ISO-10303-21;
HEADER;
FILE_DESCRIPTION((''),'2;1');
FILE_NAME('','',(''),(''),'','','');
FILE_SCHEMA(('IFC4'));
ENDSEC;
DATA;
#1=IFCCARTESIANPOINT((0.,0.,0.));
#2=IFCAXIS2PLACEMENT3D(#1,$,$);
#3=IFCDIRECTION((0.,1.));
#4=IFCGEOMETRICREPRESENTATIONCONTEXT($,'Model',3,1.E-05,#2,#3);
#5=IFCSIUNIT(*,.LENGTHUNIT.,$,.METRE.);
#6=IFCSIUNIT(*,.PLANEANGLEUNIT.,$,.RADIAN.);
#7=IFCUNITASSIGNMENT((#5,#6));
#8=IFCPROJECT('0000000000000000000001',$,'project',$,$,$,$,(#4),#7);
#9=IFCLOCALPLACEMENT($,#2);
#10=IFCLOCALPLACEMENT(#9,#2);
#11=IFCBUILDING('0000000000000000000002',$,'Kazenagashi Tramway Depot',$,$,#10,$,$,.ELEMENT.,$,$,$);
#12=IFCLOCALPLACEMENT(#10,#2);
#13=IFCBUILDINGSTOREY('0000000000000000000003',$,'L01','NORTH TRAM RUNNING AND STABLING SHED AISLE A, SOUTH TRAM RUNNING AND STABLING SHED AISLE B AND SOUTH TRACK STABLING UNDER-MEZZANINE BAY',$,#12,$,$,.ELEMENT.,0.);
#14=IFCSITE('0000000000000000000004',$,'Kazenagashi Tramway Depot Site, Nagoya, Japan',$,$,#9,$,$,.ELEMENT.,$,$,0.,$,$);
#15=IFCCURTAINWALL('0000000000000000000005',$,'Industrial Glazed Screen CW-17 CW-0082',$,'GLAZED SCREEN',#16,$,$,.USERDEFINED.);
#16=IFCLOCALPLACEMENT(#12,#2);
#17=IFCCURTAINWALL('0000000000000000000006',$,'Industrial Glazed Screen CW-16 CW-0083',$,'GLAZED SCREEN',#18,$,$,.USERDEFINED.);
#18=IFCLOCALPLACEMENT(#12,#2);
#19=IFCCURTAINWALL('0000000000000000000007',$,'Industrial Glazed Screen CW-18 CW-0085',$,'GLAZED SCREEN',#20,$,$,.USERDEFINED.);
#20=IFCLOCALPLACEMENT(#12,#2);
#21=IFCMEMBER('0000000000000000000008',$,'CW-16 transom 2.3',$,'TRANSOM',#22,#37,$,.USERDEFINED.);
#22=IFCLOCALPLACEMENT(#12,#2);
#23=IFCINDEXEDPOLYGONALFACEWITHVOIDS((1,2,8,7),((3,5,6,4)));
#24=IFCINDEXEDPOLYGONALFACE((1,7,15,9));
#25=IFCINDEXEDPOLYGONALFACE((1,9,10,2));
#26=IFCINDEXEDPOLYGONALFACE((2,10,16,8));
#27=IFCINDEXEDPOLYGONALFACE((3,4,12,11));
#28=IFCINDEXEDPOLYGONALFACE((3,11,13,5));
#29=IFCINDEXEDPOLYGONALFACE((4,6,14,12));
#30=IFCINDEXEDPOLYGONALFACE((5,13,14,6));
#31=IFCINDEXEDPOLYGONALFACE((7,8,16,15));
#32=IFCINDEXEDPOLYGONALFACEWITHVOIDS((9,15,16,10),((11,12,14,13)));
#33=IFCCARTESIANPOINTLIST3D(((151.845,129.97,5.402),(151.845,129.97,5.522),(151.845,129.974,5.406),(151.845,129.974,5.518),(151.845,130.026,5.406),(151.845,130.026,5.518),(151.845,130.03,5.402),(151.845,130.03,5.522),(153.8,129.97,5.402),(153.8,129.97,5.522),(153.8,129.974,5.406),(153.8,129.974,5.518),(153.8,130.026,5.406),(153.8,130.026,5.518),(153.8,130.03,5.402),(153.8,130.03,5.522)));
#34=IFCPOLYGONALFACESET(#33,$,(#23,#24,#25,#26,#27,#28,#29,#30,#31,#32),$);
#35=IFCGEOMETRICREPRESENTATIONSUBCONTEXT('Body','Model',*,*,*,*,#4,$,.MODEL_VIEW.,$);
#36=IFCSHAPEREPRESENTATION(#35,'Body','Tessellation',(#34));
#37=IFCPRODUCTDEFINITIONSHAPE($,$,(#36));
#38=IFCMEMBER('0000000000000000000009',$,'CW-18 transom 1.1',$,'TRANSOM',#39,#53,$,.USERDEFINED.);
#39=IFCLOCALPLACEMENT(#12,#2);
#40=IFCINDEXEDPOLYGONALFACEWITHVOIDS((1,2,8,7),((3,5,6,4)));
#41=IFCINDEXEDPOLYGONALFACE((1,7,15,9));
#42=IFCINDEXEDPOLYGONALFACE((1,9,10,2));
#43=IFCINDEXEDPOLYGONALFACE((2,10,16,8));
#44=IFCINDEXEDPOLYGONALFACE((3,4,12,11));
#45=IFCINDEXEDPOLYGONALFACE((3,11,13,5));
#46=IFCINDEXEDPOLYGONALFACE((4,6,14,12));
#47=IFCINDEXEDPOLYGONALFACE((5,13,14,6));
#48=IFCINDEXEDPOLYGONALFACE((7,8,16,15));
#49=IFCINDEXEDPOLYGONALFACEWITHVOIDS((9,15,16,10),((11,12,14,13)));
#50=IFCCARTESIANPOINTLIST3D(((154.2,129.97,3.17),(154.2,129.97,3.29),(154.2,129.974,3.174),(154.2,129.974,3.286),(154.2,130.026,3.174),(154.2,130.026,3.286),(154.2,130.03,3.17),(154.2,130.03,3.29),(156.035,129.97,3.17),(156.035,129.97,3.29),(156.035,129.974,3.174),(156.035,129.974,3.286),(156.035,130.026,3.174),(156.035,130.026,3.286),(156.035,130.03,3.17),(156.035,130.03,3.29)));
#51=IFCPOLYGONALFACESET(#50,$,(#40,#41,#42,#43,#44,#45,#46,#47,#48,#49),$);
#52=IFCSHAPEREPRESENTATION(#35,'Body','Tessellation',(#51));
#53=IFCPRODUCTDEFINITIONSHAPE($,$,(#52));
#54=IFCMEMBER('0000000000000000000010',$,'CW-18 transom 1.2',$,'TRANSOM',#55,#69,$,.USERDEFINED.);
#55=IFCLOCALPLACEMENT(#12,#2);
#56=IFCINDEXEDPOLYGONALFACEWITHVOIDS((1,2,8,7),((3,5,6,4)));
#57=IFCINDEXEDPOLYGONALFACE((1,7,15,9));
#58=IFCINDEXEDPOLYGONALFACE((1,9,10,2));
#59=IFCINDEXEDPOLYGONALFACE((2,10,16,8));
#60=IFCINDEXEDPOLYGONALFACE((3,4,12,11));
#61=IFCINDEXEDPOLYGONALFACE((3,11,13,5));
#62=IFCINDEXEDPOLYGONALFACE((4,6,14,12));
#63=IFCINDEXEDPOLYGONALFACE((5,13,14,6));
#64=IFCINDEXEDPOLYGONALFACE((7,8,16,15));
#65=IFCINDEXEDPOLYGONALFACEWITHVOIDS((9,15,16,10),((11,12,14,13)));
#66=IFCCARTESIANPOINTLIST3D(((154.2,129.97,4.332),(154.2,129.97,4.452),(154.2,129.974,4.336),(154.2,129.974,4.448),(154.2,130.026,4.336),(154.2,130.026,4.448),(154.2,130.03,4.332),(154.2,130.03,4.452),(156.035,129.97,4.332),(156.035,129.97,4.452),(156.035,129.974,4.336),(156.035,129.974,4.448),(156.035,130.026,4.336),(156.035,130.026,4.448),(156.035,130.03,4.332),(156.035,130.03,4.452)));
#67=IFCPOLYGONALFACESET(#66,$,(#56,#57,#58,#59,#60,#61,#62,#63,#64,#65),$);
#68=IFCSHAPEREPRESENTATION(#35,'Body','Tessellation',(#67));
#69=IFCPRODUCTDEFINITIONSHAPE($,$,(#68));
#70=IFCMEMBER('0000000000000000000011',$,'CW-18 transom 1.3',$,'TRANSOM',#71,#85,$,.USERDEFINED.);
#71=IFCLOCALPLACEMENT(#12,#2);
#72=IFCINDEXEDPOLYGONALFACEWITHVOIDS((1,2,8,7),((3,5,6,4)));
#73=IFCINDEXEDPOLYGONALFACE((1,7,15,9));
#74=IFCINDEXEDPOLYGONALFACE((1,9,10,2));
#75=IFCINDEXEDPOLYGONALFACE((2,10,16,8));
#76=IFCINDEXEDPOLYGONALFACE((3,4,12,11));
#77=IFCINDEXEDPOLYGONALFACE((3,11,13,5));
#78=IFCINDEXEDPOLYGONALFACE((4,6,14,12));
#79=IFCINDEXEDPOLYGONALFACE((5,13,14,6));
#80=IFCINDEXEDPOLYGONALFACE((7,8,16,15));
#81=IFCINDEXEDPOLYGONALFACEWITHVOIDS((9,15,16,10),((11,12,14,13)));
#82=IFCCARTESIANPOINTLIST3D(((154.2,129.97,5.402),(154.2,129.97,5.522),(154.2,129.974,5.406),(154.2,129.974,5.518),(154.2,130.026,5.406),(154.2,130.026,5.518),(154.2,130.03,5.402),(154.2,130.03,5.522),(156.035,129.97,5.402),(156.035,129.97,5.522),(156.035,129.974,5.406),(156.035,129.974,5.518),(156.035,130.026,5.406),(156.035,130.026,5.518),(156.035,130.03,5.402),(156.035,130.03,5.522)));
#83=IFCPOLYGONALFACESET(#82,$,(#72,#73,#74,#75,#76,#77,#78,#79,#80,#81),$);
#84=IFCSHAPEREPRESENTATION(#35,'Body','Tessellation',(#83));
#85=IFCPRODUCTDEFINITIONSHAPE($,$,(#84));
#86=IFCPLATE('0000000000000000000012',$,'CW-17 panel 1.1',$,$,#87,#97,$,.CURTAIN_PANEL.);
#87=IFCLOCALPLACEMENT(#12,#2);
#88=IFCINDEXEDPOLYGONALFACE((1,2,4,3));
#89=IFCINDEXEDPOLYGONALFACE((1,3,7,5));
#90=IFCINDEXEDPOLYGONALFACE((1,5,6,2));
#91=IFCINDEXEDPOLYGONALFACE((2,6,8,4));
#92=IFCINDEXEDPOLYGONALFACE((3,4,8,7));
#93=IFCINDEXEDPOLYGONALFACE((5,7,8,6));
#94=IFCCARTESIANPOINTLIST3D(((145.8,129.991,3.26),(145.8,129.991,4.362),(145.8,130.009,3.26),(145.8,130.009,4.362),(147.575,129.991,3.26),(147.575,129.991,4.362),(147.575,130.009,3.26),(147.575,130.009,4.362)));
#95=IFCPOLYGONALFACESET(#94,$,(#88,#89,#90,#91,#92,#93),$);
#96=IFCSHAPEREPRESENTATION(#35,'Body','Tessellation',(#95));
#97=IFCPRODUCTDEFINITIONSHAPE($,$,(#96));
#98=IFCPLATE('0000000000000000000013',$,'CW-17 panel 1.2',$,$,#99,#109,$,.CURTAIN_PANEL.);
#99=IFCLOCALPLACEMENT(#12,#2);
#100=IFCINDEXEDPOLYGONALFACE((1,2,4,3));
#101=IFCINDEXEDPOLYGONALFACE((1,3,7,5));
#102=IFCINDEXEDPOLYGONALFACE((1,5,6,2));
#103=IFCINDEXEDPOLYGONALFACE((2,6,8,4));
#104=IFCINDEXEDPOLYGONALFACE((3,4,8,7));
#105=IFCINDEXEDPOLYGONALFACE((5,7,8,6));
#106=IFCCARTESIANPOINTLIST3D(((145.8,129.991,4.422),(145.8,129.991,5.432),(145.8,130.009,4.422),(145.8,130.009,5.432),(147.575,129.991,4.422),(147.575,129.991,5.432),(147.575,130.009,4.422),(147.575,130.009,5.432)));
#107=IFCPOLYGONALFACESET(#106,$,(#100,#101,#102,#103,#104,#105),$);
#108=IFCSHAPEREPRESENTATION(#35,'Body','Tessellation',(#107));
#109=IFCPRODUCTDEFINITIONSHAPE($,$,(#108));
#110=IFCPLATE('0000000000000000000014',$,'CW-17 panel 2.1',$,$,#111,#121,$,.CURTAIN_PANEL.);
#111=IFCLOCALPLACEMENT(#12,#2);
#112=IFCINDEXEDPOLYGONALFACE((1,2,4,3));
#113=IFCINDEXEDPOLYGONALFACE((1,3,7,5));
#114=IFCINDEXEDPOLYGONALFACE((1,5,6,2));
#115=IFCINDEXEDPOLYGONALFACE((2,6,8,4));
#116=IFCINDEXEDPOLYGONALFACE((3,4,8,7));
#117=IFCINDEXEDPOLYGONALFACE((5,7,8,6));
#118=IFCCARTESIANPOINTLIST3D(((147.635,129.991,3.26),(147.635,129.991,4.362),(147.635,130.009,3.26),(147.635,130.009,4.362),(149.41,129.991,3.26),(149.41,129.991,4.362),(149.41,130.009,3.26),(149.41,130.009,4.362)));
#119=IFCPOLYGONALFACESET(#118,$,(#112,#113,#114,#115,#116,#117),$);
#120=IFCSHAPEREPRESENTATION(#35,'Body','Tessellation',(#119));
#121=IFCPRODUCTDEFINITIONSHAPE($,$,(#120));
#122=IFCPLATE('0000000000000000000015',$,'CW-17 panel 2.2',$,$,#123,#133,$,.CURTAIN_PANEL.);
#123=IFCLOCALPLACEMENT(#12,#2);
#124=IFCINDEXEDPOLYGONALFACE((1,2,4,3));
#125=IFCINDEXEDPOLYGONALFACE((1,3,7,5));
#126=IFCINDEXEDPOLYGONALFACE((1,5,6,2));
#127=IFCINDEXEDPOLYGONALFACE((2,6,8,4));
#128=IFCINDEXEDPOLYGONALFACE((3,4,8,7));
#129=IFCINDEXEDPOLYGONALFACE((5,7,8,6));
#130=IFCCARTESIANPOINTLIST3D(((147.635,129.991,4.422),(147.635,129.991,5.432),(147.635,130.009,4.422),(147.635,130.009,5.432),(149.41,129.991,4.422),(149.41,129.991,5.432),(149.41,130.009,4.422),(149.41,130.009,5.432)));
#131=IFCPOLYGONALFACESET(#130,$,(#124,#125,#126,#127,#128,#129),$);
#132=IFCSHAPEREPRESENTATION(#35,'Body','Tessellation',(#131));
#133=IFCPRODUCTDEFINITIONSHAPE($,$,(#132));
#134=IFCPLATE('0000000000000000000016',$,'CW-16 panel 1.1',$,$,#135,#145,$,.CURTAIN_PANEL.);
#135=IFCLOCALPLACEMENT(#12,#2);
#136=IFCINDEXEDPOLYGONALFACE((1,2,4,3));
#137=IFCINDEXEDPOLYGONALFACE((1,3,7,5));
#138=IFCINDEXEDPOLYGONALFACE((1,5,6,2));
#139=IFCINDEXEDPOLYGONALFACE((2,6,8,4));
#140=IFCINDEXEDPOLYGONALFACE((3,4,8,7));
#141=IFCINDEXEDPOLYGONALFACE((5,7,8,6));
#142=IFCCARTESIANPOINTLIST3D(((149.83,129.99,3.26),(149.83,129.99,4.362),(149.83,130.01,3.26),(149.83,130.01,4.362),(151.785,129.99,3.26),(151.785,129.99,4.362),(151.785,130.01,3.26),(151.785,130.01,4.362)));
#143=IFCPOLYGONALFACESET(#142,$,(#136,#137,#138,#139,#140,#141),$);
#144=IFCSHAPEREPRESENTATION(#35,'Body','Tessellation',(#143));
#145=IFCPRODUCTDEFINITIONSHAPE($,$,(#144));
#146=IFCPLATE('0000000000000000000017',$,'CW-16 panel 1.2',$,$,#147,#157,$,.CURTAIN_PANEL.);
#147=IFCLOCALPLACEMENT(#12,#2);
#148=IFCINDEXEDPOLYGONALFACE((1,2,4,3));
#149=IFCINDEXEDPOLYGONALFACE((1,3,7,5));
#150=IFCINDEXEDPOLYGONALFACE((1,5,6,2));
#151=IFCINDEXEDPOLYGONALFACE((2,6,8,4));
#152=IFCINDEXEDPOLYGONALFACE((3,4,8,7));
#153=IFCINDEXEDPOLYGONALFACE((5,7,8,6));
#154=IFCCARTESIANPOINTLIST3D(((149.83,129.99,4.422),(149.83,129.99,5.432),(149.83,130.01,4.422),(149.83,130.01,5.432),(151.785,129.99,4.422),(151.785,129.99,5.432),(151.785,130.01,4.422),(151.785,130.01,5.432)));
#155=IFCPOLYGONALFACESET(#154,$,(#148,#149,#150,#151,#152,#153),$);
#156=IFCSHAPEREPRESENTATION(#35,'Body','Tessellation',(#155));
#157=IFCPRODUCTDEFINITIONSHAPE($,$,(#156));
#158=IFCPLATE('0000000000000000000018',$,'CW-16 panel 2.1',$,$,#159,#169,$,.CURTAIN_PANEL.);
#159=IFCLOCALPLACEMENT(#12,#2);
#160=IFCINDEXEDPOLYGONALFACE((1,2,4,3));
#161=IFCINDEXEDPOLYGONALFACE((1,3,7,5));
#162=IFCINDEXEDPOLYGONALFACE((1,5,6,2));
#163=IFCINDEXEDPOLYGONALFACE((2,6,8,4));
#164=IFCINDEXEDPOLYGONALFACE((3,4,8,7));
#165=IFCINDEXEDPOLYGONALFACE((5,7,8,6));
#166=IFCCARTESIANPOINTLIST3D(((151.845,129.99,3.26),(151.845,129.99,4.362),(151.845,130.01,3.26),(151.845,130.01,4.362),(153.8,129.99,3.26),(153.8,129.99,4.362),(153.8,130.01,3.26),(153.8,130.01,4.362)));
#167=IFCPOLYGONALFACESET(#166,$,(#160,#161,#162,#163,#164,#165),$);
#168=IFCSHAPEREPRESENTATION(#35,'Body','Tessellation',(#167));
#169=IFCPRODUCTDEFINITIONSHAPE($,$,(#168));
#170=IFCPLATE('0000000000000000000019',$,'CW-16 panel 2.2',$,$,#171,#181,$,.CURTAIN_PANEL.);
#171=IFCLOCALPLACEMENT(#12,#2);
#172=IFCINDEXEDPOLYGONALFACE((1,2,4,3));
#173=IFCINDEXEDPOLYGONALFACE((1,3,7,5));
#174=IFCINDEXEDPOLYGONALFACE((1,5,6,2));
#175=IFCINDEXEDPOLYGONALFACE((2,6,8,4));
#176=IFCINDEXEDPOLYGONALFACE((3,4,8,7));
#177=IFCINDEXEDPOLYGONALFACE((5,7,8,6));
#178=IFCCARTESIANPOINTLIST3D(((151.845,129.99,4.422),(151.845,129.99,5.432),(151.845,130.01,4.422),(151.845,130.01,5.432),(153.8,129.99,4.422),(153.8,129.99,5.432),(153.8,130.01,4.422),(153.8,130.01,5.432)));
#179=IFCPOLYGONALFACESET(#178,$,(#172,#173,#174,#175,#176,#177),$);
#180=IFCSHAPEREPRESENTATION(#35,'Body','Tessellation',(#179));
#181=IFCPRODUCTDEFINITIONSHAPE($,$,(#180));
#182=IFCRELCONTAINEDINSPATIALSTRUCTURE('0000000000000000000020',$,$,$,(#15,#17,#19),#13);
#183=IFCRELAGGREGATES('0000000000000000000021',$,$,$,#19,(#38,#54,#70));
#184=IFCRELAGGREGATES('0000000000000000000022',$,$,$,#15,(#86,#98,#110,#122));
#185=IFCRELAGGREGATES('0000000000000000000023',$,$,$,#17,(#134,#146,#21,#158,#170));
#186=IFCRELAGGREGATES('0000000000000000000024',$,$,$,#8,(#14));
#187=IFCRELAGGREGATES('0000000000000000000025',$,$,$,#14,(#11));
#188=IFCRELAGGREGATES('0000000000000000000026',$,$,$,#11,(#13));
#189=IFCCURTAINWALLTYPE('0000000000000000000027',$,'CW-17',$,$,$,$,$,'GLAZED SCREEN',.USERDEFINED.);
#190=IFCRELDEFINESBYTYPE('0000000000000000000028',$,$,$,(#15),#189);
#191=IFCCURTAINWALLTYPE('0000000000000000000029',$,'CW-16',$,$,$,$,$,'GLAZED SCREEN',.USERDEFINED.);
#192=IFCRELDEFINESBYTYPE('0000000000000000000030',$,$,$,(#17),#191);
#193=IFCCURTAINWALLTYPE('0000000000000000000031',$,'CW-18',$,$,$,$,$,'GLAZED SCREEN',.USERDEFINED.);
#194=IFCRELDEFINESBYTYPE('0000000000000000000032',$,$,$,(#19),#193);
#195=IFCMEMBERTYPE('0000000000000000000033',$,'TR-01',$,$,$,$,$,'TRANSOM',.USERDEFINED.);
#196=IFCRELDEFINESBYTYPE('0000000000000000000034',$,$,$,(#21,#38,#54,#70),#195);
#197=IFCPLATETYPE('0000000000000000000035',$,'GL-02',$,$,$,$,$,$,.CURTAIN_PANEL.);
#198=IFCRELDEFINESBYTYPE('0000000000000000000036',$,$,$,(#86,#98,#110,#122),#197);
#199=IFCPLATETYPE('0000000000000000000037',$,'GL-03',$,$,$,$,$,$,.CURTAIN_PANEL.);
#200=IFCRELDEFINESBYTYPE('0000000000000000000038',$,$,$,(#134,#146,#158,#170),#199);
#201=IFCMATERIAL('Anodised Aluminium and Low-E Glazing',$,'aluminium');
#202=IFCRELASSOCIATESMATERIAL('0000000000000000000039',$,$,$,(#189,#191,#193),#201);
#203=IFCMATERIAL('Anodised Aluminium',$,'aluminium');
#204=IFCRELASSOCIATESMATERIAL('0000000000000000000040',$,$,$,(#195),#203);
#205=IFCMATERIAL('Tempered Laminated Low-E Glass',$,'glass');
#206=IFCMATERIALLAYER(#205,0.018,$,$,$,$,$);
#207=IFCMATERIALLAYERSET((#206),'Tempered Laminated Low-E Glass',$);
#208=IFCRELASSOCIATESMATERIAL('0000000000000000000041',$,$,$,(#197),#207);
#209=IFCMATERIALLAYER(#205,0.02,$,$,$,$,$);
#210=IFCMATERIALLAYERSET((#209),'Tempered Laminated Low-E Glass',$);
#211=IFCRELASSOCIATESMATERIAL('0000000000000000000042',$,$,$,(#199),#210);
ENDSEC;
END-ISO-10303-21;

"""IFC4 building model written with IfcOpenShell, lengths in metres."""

from ifc_helpers import new_model, si_unit, direction, frame, origin, origin_2d, place, context, subcontext, project, spatial, rectangle, hollow_rectangle, extrude, material, layer, layer_set, material_profile, profile_set, type_object, element, aggregate, save


model = new_model("IFC4")

# Units and contexts
model_context = context("Model", 3, precision=1e-05, world=origin(), true_north=direction((0.0, 1.0)))
body_context = subcontext(model_context, "Body", "Model", "MODEL_VIEW")
ifc_project = project(units=[si_unit("LENGTHUNIT", "METRE"), si_unit("PLANEANGLEUNIT", "RADIAN")], contexts=[model_context])

# Site, building, storey
site_placement = place(None, origin())
site = spatial("IfcSite", under=ifc_project, at=site_placement, Name="Kazenagashi Tramway Depot Site, Nagoya, Japan", CompositionType="ELEMENT", RefElevation=0.0)
building_placement = place(site_placement, origin())
building = spatial("IfcBuilding", under=site, at=building_placement, Name="Kazenagashi Tramway Depot", CompositionType="ELEMENT")
storey_placement = place(building_placement, origin())
storey = spatial("IfcBuildingStorey", under=building, at=storey_placement, Name="L01", Description="NORTH TRAM RUNNING AND STABLING SHED AISLE A, SOUTH TRAM RUNNING AND STABLING SHED AISLE B AND SOUTH TRACK STABLING UNDER-MEZZANINE BAY", CompositionType="ELEMENT", Elevation=0.0)

# Curtain walls
ifc_material_1 = material(Name="Anodised Aluminium and Low-E Glazing", Category="aluminium")
curtain_wall_type_1 = type_object("IfcCurtainWallType", Name="CW-17", ElementType="GLAZED SCREEN", PredefinedType="USERDEFINED", material=ifc_material_1)
curtain_wall_1_placement = place(storey_placement, origin())
curtain_wall_1 = element("IfcCurtainWall", 1, at=curtain_wall_1_placement, inside=storey, type_object=curtain_wall_type_1, Name="Industrial Glazed Screen CW-17 CW-0082", ObjectType="GLAZED SCREEN", PredefinedType="USERDEFINED")
ifc_material_2 = material(Name="Anodised Aluminium", Category="aluminium")
curtain_wall_type_2 = type_object("IfcCurtainWallType", Name="CW-16", ElementType="GLAZED SCREEN", PredefinedType="USERDEFINED", material=ifc_material_1)
curtain_wall_2_placement = place(storey_placement, origin())
curtain_wall_2 = element("IfcCurtainWall", 2, at=curtain_wall_2_placement, inside=storey, type_object=curtain_wall_type_2, Name="Industrial Glazed Screen CW-16 CW-0083", ObjectType="GLAZED SCREEN", PredefinedType="USERDEFINED")

# Curtain wall
curtain_wall_type_3 = type_object("IfcCurtainWallType", Name="CW-18", ElementType="GLAZED SCREEN", PredefinedType="USERDEFINED", material=ifc_material_1)
curtain_wall_3_placement = place(storey_placement, origin())
curtain_wall_3 = element("IfcCurtainWall", 3, at=curtain_wall_3_placement, inside=storey, type_object=curtain_wall_type_3, Name="Industrial Glazed Screen CW-18 CW-0085", ObjectType="GLAZED SCREEN", PredefinedType="USERDEFINED")

# Members
ifc_material_profile_1 = material_profile(ifc_material_2, hollow_rectangle(XDim=0.06, YDim=0.12, WallThickness=0.004, at=origin_2d()), Name="RHS-120x60x4")
ifc_profile_set_1 = profile_set([ifc_material_profile_1], Name="Anodised Aluminium")
member_type_1 = type_object("IfcMemberType", Name="TR-01", ElementType="TRANSOM", PredefinedType="USERDEFINED", material=ifc_profile_set_1)
member_1_placement = place(storey_placement, frame((151.845, 130.0, 5.462), z_axis=(1.0, 0.0, 0.0), x_axis=(0.0, 1.0, 0.0)))
member_1 = element("IfcMember", 4, at=member_1_placement, type_object=member_type_1, Name="CW-16 transom 2.3", ObjectType="TRANSOM", PredefinedType="USERDEFINED", context=body_context, shape_type="SweptSolid", body=[
    extrude(hollow_rectangle(XDim=0.06, YDim=0.12, WallThickness=0.004, at=origin_2d()), origin(), (0.0, 0.0, 1.0), 1.955),
])
member_2_placement = place(storey_placement, frame((154.2, 130.0, 3.23), z_axis=(1.0, 0.0, 0.0), x_axis=(0.0, 1.0, 0.0)))
member_2 = element("IfcMember", 5, at=member_2_placement, type_object=member_type_1, Name="CW-18 transom 1.1", ObjectType="TRANSOM", PredefinedType="USERDEFINED", context=body_context, shape_type="SweptSolid", body=[
    extrude(hollow_rectangle(XDim=0.06, YDim=0.12, WallThickness=0.004, at=origin_2d()), origin(), (0.0, 0.0, 1.0), 1.835),
])
member_3_placement = place(storey_placement, frame((154.2, 130.0, 4.392), z_axis=(1.0, 0.0, 0.0), x_axis=(0.0, 1.0, 0.0)))
member_3 = element("IfcMember", 6, at=member_3_placement, type_object=member_type_1, Name="CW-18 transom 1.2", ObjectType="TRANSOM", PredefinedType="USERDEFINED", context=body_context, shape_type="SweptSolid", body=[
    extrude(hollow_rectangle(XDim=0.06, YDim=0.12, WallThickness=0.004, at=origin_2d()), origin(), (0.0, 0.0, 1.0), 1.835),
])
member_4_placement = place(storey_placement, frame((154.2, 130.0, 5.462), z_axis=(1.0, 0.0, 0.0), x_axis=(0.0, 1.0, 0.0)))
member_4 = element("IfcMember", 7, at=member_4_placement, type_object=member_type_1, Name="CW-18 transom 1.3", ObjectType="TRANSOM", PredefinedType="USERDEFINED", context=body_context, shape_type="SweptSolid", body=[
    extrude(hollow_rectangle(XDim=0.06, YDim=0.12, WallThickness=0.004, at=origin_2d()), origin(), (0.0, 0.0, 1.0), 1.835),
])
aggregate(curtain_wall_3, [member_2, member_3, member_4])

# Plates
ifc_material_3 = material(Name="Tempered Laminated Low-E Glass", Category="glass")
ifc_layer_1 = layer(ifc_material_3, 0.018)
ifc_layer_set_1 = layer_set([ifc_layer_1], Name="Tempered Laminated Low-E Glass")
plate_type_1 = type_object("IfcPlateType", Name="GL-02", PredefinedType="CURTAIN_PANEL", material=ifc_layer_set_1)
plate_1_placement = place(storey_placement, frame((146.6875, 130.0, 3.26), z_axis=(0.0, 0.0, 1.0), x_axis=(1.0, 0.0, 0.0)))
plate_1 = element("IfcPlate", 8, at=plate_1_placement, type_object=plate_type_1, Name="CW-17 panel 1.1", PredefinedType="CURTAIN_PANEL", context=body_context, shape_type="SweptSolid", body=[
    extrude(rectangle(XDim=1.775, YDim=0.018, at=origin_2d()), origin(), (0.0, 0.0, 1.0), 1.102),
])
plate_2_placement = place(storey_placement, frame((146.6875, 130.0, 4.422), z_axis=(0.0, 0.0, 1.0), x_axis=(1.0, 0.0, 0.0)))
plate_2 = element("IfcPlate", 9, at=plate_2_placement, type_object=plate_type_1, Name="CW-17 panel 1.2", PredefinedType="CURTAIN_PANEL", context=body_context, shape_type="SweptSolid", body=[
    extrude(rectangle(XDim=1.775, YDim=0.018, at=origin_2d()), origin(), (0.0, 0.0, 1.0), 1.01),
])
plate_3_placement = place(storey_placement, frame((148.5225, 130.0, 3.26), z_axis=(0.0, 0.0, 1.0), x_axis=(1.0, 0.0, 0.0)))
plate_3 = element("IfcPlate", 10, at=plate_3_placement, type_object=plate_type_1, Name="CW-17 panel 2.1", PredefinedType="CURTAIN_PANEL", context=body_context, shape_type="SweptSolid", body=[
    extrude(rectangle(XDim=1.775, YDim=0.018, at=origin_2d()), origin(), (0.0, 0.0, 1.0), 1.102),
])
plate_4_placement = place(storey_placement, frame((148.5225, 130.0, 4.422), z_axis=(0.0, 0.0, 1.0), x_axis=(1.0, 0.0, 0.0)))
plate_4 = element("IfcPlate", 11, at=plate_4_placement, type_object=plate_type_1, Name="CW-17 panel 2.2", PredefinedType="CURTAIN_PANEL", context=body_context, shape_type="SweptSolid", body=[
    extrude(rectangle(XDim=1.775, YDim=0.018, at=origin_2d()), origin(), (0.0, 0.0, 1.0), 1.01),
])
aggregate(curtain_wall_1, [plate_1, plate_2, plate_3, plate_4])
ifc_layer_2 = layer(ifc_material_3, 0.02)
ifc_layer_set_2 = layer_set([ifc_layer_2], Name="Tempered Laminated Low-E Glass")
plate_type_2 = type_object("IfcPlateType", Name="GL-03", PredefinedType="CURTAIN_PANEL", material=ifc_layer_set_2)
plate_5_placement = place(storey_placement, frame((150.8075, 130.0, 3.26), z_axis=(0.0, 0.0, 1.0), x_axis=(1.0, 0.0, 0.0)))
plate_5 = element("IfcPlate", 12, at=plate_5_placement, type_object=plate_type_2, Name="CW-16 panel 1.1", PredefinedType="CURTAIN_PANEL", context=body_context, shape_type="SweptSolid", body=[
    extrude(rectangle(XDim=1.955, YDim=0.02, at=origin_2d()), origin(), (0.0, 0.0, 1.0), 1.102),
])
plate_6_placement = place(storey_placement, frame((150.8075, 130.0, 4.422), z_axis=(0.0, 0.0, 1.0), x_axis=(1.0, 0.0, 0.0)))
plate_6 = element("IfcPlate", 13, at=plate_6_placement, type_object=plate_type_2, Name="CW-16 panel 1.2", PredefinedType="CURTAIN_PANEL", context=body_context, shape_type="SweptSolid", body=[
    extrude(rectangle(XDim=1.955, YDim=0.02, at=origin_2d()), origin(), (0.0, 0.0, 1.0), 1.01),
])
plate_7_placement = place(storey_placement, frame((152.8225, 130.0, 3.26), z_axis=(0.0, 0.0, 1.0), x_axis=(1.0, 0.0, 0.0)))
plate_7 = element("IfcPlate", 14, at=plate_7_placement, type_object=plate_type_2, Name="CW-16 panel 2.1", PredefinedType="CURTAIN_PANEL", context=body_context, shape_type="SweptSolid", body=[
    extrude(rectangle(XDim=1.955, YDim=0.02, at=origin_2d()), origin(), (0.0, 0.0, 1.0), 1.102),
])
plate_8_placement = place(storey_placement, frame((152.8225, 130.0, 4.422), z_axis=(0.0, 0.0, 1.0), x_axis=(1.0, 0.0, 0.0)))
plate_8 = element("IfcPlate", 15, at=plate_8_placement, type_object=plate_type_2, Name="CW-16 panel 2.2", PredefinedType="CURTAIN_PANEL", context=body_context, shape_type="SweptSolid", body=[
    extrude(rectangle(XDim=1.955, YDim=0.02, at=origin_2d()), origin(), (0.0, 0.0, 1.0), 1.01),
])
aggregate(curtain_wall_2, [plate_5, plate_6, member_1, plate_7, plate_8])

save(model, "model.ifc")
